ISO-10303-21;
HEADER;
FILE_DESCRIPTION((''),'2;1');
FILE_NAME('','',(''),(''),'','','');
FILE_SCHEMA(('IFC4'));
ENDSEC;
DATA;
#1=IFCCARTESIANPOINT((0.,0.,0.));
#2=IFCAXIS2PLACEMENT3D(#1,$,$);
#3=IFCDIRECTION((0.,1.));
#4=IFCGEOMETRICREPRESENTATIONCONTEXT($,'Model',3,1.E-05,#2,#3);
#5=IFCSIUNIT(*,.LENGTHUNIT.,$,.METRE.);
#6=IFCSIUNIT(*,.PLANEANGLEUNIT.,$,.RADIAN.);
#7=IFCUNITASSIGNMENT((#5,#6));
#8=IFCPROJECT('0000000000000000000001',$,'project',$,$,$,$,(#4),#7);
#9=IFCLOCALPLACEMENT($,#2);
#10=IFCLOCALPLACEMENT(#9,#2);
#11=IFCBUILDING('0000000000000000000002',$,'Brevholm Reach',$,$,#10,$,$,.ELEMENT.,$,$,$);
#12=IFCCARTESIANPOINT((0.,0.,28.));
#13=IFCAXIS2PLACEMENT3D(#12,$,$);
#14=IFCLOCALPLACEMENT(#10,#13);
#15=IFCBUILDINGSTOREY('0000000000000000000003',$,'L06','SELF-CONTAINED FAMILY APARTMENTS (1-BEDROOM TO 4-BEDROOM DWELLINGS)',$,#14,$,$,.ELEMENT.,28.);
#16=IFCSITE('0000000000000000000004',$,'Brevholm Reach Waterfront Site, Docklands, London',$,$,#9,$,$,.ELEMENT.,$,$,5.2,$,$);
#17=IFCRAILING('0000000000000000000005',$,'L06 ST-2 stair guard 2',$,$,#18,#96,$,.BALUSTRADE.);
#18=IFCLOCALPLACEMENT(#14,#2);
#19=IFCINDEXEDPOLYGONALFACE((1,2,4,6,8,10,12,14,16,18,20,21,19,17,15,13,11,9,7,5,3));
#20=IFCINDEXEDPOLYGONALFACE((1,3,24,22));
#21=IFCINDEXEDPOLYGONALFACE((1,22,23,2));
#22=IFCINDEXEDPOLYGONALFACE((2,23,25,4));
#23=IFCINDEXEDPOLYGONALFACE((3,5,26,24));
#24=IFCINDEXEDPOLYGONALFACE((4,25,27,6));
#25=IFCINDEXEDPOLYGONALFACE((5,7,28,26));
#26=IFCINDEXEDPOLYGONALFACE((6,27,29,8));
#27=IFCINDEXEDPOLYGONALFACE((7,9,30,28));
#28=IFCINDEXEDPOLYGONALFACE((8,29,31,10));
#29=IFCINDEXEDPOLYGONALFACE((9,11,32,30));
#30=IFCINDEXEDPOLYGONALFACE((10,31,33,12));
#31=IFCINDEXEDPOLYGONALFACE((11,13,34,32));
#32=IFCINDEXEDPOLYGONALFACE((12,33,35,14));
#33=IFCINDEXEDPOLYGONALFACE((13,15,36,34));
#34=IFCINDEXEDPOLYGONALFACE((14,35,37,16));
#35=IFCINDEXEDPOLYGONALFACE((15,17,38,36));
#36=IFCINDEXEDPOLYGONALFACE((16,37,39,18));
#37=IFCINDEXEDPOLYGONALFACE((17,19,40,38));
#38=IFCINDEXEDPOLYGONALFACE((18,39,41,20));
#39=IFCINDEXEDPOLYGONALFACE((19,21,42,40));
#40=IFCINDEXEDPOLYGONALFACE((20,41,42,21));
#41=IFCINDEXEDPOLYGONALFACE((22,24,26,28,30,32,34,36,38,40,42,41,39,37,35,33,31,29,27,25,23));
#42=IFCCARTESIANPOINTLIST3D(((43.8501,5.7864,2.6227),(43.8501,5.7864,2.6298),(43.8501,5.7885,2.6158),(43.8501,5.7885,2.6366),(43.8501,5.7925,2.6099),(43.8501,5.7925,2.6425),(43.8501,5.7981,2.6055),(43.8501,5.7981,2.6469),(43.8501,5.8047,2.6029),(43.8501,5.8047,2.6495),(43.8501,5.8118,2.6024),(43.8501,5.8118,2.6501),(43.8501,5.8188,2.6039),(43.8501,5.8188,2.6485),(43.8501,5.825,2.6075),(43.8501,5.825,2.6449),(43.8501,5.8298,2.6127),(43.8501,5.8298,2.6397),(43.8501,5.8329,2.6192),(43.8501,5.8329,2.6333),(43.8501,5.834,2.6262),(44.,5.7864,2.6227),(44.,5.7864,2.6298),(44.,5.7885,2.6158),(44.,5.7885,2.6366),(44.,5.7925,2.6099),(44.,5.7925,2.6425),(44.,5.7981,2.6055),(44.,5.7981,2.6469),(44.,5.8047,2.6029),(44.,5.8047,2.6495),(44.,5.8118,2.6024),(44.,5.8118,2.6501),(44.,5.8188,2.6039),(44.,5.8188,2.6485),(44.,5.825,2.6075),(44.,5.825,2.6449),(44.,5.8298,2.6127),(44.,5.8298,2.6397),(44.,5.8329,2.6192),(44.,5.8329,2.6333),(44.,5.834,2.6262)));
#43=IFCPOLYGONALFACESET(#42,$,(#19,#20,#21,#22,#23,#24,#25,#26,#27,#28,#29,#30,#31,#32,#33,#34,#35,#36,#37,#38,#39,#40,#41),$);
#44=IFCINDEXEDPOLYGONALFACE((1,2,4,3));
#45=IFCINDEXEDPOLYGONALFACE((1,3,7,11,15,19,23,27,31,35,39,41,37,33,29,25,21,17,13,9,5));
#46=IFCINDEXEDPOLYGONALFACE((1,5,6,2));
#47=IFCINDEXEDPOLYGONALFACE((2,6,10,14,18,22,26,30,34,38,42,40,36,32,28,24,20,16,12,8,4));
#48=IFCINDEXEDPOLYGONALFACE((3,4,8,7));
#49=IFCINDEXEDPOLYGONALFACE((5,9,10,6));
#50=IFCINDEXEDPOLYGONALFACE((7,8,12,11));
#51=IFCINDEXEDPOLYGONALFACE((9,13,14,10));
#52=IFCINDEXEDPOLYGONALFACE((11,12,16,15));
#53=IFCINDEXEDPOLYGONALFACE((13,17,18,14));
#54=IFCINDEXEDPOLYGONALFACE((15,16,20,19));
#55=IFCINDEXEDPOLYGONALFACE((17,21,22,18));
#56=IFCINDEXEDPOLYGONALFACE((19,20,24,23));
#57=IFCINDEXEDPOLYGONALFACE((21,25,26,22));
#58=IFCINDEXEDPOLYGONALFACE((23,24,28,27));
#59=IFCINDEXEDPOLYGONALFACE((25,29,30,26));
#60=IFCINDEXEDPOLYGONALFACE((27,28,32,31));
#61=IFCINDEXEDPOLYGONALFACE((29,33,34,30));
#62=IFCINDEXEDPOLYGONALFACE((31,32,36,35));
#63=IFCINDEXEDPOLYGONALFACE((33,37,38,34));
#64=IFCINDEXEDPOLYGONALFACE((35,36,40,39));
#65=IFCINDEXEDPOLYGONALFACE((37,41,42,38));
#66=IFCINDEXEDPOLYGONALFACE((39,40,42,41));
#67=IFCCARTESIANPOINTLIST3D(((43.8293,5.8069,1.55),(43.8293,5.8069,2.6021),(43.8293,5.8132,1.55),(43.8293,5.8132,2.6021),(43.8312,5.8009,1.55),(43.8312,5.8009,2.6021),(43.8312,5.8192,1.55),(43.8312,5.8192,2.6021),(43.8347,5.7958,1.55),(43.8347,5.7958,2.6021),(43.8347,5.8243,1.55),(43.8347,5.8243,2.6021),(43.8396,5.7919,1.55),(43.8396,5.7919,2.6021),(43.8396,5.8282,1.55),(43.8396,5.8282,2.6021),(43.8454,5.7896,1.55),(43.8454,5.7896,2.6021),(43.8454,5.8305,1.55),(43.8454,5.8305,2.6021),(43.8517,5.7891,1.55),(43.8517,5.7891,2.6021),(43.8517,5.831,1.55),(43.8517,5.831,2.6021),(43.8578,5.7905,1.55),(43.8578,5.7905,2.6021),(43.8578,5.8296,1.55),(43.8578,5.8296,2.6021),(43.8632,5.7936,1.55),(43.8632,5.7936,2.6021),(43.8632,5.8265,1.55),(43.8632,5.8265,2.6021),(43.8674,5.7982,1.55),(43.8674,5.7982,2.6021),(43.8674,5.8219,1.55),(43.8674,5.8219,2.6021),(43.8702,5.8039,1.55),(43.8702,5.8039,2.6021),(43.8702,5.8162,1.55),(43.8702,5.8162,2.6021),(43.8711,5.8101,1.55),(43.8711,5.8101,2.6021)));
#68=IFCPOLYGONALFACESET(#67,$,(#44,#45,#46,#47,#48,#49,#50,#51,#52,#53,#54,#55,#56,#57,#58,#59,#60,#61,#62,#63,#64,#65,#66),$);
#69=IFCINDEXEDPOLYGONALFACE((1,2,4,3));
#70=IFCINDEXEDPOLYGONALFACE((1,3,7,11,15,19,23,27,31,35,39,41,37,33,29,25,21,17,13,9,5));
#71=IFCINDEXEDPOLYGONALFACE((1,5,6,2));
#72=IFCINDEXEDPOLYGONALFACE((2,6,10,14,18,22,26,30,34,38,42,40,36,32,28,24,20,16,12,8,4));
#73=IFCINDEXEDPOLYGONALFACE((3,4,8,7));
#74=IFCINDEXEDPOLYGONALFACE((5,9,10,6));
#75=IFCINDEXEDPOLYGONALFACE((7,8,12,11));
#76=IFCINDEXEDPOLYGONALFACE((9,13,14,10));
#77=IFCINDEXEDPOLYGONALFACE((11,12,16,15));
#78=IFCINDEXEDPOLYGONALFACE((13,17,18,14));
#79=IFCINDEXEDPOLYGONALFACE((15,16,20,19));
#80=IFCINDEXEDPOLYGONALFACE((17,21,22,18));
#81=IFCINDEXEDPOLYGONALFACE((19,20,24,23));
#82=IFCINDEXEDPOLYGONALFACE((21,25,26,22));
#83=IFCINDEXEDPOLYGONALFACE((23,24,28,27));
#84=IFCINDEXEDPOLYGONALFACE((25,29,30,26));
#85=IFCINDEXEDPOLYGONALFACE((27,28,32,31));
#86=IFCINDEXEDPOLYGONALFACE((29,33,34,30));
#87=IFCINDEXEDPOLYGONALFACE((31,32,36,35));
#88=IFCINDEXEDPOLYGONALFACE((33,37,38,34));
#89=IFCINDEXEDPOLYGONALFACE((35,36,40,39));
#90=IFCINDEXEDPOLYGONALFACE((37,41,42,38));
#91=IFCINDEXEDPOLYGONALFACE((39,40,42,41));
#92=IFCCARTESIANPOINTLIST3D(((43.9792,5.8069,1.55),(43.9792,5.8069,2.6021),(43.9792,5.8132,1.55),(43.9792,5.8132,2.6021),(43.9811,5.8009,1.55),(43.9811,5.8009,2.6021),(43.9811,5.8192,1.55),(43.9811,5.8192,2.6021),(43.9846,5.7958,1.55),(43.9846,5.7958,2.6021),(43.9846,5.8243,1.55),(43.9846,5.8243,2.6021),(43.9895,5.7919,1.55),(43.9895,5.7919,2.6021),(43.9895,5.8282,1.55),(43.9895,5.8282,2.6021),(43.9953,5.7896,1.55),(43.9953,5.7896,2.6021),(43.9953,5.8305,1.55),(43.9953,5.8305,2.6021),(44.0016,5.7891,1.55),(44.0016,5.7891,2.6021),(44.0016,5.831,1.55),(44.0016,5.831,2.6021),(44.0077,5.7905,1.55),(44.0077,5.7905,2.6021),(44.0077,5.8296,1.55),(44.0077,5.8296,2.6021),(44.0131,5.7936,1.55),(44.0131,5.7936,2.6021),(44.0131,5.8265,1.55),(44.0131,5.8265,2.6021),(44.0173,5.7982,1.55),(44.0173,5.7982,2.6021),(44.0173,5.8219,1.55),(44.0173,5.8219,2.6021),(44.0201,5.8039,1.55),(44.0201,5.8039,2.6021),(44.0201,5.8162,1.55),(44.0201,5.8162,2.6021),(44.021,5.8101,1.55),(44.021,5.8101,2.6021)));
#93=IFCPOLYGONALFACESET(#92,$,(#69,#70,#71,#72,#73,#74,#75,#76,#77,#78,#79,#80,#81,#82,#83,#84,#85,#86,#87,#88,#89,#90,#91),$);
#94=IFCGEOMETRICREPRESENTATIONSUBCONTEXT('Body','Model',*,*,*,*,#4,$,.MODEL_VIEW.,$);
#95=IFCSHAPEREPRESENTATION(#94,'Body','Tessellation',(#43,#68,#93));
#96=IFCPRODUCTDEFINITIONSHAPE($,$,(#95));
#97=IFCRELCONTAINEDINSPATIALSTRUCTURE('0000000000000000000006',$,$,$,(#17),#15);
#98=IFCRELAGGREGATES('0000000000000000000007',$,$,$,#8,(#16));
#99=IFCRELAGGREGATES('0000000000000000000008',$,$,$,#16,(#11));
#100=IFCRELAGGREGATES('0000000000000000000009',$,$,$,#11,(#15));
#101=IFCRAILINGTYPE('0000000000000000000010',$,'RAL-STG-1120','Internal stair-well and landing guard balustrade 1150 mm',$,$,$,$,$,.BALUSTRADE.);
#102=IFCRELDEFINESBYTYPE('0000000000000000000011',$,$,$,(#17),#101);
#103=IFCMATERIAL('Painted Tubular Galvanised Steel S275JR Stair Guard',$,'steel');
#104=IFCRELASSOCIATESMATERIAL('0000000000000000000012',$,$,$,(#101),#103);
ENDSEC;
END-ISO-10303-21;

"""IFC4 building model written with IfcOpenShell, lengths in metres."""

from ifc_helpers import new_model, si_unit, direction, frame, origin, origin_2d, place, context, subcontext, project, spatial, circle, extrude, material, type_object, element, save


model = new_model("IFC4")

# Units and contexts
model_context = context("Model", 3, precision=1e-05, world=origin(), true_north=direction((0.0, 1.0)))
body_context = subcontext(model_context, "Body", "Model", "MODEL_VIEW")
ifc_project = project(units=[si_unit("LENGTHUNIT", "METRE"), si_unit("PLANEANGLEUNIT", "RADIAN")], contexts=[model_context])

# Site, building, storey
site_placement = place(None, origin())
site = spatial("IfcSite", under=ifc_project, at=site_placement, Name="Brevholm Reach Waterfront Site, Docklands, London", CompositionType="ELEMENT", RefElevation=5.2)
building_placement = place(site_placement, origin())
building = spatial("IfcBuilding", under=site, at=building_placement, Name="Brevholm Reach", CompositionType="ELEMENT")
storey_placement = place(building_placement, frame((0.0, 0.0, 28.0)))
storey = spatial("IfcBuildingStorey", under=building, at=storey_placement, Name="L06", Description="SELF-CONTAINED FAMILY APARTMENTS (1-BEDROOM TO 4-BEDROOM DWELLINGS)", CompositionType="ELEMENT", Elevation=28.0)

# Railing
ifc_material_1 = material(Name="Painted Tubular Galvanised Steel S275JR Stair Guard", Category="steel")
railing_type_1 = type_object("IfcRailingType", Name="RAL-STG-1120", Description="Internal stair-well and landing guard balustrade 1150 mm", PredefinedType="BALUSTRADE", material=ifc_material_1)
railing_1_placement = place(storey_placement, frame((43.8501, 5.8101, 1.55)))
element("IfcRailing", 1, at=railing_1_placement, inside=storey, type_object=railing_type_1, Name="L06 ST-2 stair guard 2", PredefinedType="BALUSTRADE", context=body_context, shape_type="SweptSolid", body=[
    extrude(circle(Radius=0.0239, at=origin_2d()), frame((0.0, 0.0, 1.0762), z_axis=(1.0, 0.0, 0.0), x_axis=(0.0, 1.0, 0.0)), (0.0, 0.0, 1.0), 0.1499),
    extrude(circle(Radius=0.021, at=origin_2d()), origin(), (0.0, 0.0, 1.0), 1.052),
    extrude(circle(Radius=0.021, at=origin_2d()), frame((0.1499, 0.0, 0.0)), (0.0, 0.0, 1.0), 1.052),
])

save(model, "model.ifc")
